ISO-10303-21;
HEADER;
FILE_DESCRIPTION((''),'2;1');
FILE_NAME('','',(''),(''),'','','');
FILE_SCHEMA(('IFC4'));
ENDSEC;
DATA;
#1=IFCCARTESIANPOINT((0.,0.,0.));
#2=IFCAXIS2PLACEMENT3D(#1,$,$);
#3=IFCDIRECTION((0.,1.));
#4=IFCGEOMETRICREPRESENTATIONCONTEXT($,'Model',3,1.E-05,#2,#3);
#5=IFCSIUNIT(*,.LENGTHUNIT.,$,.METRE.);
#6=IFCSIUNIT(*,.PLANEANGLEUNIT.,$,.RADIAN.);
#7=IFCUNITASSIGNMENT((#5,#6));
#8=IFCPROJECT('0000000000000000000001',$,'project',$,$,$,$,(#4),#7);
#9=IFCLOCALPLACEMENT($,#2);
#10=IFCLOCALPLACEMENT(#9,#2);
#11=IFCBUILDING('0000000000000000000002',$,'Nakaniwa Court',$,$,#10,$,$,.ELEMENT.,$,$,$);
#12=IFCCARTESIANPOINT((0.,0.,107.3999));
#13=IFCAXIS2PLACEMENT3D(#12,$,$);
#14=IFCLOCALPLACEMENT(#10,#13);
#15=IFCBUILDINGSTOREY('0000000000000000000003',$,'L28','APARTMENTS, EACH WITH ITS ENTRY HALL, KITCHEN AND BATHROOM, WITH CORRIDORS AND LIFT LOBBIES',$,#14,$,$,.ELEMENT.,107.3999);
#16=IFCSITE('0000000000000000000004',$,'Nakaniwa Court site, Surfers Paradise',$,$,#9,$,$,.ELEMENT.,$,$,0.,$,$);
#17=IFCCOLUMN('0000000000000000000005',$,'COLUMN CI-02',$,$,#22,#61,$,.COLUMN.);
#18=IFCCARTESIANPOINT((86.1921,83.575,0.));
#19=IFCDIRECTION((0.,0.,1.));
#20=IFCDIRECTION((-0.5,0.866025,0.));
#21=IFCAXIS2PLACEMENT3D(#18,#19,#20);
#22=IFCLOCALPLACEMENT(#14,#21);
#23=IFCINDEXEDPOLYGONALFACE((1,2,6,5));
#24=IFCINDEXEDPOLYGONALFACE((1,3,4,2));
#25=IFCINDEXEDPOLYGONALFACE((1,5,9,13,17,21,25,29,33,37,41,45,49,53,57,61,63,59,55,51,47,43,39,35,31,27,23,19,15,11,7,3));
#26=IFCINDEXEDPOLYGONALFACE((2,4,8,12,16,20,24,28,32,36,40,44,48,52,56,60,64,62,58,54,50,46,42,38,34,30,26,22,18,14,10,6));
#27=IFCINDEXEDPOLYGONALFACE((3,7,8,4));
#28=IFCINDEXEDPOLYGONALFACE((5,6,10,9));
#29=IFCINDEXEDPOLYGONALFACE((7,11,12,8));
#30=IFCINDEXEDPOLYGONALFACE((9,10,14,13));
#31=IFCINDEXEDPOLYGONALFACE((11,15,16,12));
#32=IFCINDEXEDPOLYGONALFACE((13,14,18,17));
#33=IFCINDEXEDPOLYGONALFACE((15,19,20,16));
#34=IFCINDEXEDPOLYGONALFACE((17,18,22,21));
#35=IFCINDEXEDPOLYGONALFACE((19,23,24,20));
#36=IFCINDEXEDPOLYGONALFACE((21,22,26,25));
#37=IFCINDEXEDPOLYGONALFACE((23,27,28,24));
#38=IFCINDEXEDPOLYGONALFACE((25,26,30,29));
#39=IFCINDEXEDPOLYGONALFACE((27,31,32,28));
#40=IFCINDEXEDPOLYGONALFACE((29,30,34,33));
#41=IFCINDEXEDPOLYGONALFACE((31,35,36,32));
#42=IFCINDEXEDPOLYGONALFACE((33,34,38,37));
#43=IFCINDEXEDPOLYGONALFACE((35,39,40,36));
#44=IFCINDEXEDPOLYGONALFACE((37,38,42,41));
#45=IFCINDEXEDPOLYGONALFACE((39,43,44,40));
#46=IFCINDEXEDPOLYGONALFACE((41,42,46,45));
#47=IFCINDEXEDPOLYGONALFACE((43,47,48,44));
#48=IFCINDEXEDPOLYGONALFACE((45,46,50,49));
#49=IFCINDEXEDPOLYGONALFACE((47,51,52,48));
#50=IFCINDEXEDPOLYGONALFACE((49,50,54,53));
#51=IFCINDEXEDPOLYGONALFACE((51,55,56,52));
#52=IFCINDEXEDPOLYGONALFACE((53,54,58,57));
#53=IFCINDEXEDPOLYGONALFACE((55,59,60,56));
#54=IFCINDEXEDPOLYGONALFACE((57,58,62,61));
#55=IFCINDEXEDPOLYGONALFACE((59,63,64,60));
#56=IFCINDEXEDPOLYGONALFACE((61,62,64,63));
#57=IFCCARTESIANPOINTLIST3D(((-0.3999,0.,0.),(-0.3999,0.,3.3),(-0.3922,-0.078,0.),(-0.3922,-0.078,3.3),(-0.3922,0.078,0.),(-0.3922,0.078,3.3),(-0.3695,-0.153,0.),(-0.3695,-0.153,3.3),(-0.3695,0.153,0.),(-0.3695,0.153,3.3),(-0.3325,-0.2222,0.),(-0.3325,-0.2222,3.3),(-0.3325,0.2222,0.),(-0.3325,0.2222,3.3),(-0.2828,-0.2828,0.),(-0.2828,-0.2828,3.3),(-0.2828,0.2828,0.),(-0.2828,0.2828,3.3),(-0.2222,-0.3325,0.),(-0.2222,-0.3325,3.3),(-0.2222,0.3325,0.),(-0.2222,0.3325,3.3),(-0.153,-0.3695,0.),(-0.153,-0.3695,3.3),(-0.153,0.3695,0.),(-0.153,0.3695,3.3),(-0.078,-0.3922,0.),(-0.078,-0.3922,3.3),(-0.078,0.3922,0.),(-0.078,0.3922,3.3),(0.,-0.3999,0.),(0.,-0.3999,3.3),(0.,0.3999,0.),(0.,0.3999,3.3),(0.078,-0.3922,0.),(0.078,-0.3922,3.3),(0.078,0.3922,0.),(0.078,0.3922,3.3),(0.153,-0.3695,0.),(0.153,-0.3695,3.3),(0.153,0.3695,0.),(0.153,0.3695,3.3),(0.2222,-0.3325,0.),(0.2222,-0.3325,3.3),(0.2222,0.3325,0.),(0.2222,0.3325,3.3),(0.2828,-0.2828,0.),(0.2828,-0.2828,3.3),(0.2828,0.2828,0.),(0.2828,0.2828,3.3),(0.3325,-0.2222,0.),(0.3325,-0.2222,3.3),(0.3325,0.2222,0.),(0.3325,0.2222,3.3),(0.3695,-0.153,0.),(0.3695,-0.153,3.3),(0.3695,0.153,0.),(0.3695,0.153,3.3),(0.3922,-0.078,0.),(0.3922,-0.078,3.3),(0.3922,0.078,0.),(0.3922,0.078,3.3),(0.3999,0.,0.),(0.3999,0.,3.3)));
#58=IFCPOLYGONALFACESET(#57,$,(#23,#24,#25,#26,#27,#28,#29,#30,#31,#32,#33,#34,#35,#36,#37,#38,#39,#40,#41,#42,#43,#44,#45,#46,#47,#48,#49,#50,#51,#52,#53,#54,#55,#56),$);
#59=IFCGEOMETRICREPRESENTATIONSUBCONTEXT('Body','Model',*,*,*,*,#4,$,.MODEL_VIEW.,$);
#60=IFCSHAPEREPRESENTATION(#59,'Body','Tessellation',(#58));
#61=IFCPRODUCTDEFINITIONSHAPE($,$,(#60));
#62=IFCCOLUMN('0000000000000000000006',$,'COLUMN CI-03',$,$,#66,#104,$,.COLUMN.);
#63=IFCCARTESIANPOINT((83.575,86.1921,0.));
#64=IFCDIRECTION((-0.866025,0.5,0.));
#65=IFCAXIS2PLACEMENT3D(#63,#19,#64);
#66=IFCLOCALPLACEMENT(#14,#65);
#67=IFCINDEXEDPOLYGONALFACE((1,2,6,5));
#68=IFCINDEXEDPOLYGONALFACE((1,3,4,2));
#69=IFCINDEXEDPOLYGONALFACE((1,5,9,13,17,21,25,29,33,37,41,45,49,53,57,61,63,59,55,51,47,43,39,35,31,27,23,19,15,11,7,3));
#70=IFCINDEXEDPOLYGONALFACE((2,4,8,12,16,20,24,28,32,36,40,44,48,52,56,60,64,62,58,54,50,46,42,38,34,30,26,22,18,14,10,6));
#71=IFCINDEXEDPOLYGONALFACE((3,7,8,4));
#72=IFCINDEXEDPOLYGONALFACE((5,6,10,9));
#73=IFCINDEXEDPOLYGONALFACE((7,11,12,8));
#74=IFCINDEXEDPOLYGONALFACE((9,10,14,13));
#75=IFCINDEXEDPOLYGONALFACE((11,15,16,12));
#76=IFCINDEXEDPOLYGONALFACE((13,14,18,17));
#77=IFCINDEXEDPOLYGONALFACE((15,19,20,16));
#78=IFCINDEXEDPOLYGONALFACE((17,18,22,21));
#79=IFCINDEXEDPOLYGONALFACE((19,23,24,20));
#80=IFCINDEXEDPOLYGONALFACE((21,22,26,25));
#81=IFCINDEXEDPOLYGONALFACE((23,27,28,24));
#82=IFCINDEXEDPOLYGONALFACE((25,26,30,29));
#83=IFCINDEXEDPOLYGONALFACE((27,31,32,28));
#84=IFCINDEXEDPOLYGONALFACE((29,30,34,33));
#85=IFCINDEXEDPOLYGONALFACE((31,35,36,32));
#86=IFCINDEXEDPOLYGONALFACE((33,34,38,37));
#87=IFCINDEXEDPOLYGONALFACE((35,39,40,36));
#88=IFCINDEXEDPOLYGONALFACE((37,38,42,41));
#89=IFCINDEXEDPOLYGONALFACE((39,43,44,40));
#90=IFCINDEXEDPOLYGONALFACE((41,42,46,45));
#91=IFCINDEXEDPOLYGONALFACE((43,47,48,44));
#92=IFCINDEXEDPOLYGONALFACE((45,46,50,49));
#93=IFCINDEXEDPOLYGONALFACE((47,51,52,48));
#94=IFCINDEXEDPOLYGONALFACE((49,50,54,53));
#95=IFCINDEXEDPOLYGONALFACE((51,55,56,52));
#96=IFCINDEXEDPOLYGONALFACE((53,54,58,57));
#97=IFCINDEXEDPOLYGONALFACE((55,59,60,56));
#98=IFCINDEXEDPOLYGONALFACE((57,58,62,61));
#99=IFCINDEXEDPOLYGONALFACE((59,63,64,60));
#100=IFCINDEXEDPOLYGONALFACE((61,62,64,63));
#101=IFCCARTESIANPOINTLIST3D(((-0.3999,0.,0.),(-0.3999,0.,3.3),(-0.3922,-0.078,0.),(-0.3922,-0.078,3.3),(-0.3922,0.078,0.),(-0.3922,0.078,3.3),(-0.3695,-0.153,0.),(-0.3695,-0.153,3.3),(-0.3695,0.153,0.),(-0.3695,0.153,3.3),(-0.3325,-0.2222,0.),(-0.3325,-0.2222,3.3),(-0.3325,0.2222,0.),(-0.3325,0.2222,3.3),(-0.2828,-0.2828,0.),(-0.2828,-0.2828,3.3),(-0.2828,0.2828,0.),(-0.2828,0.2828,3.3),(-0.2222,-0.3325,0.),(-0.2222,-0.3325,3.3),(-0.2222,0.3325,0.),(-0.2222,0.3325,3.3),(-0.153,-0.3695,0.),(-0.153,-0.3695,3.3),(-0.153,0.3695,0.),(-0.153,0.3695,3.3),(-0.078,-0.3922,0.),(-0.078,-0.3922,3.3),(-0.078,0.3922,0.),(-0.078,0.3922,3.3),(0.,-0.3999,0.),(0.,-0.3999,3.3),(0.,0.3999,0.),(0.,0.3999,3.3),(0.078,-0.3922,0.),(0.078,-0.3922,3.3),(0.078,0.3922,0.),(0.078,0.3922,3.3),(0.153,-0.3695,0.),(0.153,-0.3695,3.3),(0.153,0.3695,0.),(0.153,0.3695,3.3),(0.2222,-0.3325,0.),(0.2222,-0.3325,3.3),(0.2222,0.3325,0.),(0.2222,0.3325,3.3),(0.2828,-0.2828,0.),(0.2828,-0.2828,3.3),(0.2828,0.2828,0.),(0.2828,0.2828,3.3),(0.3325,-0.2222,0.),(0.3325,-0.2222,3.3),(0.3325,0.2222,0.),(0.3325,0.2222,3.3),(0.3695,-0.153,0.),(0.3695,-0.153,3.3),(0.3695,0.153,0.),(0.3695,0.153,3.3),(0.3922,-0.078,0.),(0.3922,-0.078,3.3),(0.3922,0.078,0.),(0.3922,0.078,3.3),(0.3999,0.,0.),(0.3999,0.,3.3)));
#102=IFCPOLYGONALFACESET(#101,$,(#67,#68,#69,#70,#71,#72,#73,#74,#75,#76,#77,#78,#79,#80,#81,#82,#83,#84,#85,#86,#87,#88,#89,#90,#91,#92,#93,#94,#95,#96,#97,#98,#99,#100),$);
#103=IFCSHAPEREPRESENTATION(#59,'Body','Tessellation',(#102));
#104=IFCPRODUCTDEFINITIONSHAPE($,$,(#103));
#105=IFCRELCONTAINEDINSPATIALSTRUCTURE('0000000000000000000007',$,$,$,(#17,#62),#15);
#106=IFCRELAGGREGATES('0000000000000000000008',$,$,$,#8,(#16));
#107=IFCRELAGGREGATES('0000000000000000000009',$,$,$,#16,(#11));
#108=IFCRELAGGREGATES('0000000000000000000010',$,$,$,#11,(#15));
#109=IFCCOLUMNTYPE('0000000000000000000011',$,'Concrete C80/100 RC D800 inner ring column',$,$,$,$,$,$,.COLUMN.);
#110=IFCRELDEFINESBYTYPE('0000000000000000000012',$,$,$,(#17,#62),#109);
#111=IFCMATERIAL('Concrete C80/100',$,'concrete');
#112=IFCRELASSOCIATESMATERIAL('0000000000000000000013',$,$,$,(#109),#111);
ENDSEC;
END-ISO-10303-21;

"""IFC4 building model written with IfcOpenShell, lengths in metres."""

from ifc_helpers import new_model, si_unit, direction, frame, origin, origin_2d, place, context, subcontext, project, spatial, circle, extrude, material, material_profile, profile_set, type_object, element, save


model = new_model("IFC4")

# Units and contexts
model_context = context("Model", 3, precision=1e-05, world=origin(), true_north=direction((0.0, 1.0)))
body_context = subcontext(model_context, "Body", "Model", "MODEL_VIEW")
ifc_project = project(units=[si_unit("LENGTHUNIT", "METRE"), si_unit("PLANEANGLEUNIT", "RADIAN")], contexts=[model_context])

# Site, building, storey
site_placement = place(None, origin())
site = spatial("IfcSite", under=ifc_project, at=site_placement, Name="Nakaniwa Court site, Surfers Paradise", CompositionType="ELEMENT", RefElevation=0.0)
building_placement = place(site_placement, origin())
building = spatial("IfcBuilding", under=site, at=building_placement, Name="Nakaniwa Court", CompositionType="ELEMENT")
storey_placement = place(building_placement, frame((0.0, 0.0, 107.3999)))
storey = spatial("IfcBuildingStorey", under=building, at=storey_placement, Name="L28", Description="APARTMENTS, EACH WITH ITS ENTRY HALL, KITCHEN AND BATHROOM, WITH CORRIDORS AND LIFT LOBBIES", CompositionType="ELEMENT", Elevation=107.3999)

# Columns
ifc_material_1 = material(Name="Concrete C80/100", Category="concrete")
ifc_material_profile_1 = material_profile(ifc_material_1, circle(Radius=0.3999, at=origin_2d()), Name="Concrete C80/100 RC D800 inner ring column")
ifc_profile_set_1 = profile_set([ifc_material_profile_1], Name="Concrete C80/100")
column_type = type_object("IfcColumnType", Name="Concrete C80/100 RC D800 inner ring column", PredefinedType="COLUMN", material=ifc_profile_set_1)
for number, where, z_axis, x_axis, name in (
    (1, (86.1921, 83.575, 0.0), (0.0, 0.0, 1.0), (-0.5, 0.866025, 0.0), "COLUMN CI-02"),
    (2, (83.575, 86.1921, 0.0), (0.0, 0.0, 1.0), (-0.866025, 0.5, 0.0), "COLUMN CI-03"),
):
    element("IfcColumn", number, at=place(storey_placement, frame(where, z_axis=z_axis, x_axis=x_axis)), inside=storey, type_object=column_type, Name=name, PredefinedType="COLUMN", context=body_context, shape_type="SweptSolid", body=[
        extrude(circle(Radius=0.3999, at=origin_2d()), origin(), (0.0, 0.0, 1.0), 3.3),
    ])

save(model, "model.ifc")
